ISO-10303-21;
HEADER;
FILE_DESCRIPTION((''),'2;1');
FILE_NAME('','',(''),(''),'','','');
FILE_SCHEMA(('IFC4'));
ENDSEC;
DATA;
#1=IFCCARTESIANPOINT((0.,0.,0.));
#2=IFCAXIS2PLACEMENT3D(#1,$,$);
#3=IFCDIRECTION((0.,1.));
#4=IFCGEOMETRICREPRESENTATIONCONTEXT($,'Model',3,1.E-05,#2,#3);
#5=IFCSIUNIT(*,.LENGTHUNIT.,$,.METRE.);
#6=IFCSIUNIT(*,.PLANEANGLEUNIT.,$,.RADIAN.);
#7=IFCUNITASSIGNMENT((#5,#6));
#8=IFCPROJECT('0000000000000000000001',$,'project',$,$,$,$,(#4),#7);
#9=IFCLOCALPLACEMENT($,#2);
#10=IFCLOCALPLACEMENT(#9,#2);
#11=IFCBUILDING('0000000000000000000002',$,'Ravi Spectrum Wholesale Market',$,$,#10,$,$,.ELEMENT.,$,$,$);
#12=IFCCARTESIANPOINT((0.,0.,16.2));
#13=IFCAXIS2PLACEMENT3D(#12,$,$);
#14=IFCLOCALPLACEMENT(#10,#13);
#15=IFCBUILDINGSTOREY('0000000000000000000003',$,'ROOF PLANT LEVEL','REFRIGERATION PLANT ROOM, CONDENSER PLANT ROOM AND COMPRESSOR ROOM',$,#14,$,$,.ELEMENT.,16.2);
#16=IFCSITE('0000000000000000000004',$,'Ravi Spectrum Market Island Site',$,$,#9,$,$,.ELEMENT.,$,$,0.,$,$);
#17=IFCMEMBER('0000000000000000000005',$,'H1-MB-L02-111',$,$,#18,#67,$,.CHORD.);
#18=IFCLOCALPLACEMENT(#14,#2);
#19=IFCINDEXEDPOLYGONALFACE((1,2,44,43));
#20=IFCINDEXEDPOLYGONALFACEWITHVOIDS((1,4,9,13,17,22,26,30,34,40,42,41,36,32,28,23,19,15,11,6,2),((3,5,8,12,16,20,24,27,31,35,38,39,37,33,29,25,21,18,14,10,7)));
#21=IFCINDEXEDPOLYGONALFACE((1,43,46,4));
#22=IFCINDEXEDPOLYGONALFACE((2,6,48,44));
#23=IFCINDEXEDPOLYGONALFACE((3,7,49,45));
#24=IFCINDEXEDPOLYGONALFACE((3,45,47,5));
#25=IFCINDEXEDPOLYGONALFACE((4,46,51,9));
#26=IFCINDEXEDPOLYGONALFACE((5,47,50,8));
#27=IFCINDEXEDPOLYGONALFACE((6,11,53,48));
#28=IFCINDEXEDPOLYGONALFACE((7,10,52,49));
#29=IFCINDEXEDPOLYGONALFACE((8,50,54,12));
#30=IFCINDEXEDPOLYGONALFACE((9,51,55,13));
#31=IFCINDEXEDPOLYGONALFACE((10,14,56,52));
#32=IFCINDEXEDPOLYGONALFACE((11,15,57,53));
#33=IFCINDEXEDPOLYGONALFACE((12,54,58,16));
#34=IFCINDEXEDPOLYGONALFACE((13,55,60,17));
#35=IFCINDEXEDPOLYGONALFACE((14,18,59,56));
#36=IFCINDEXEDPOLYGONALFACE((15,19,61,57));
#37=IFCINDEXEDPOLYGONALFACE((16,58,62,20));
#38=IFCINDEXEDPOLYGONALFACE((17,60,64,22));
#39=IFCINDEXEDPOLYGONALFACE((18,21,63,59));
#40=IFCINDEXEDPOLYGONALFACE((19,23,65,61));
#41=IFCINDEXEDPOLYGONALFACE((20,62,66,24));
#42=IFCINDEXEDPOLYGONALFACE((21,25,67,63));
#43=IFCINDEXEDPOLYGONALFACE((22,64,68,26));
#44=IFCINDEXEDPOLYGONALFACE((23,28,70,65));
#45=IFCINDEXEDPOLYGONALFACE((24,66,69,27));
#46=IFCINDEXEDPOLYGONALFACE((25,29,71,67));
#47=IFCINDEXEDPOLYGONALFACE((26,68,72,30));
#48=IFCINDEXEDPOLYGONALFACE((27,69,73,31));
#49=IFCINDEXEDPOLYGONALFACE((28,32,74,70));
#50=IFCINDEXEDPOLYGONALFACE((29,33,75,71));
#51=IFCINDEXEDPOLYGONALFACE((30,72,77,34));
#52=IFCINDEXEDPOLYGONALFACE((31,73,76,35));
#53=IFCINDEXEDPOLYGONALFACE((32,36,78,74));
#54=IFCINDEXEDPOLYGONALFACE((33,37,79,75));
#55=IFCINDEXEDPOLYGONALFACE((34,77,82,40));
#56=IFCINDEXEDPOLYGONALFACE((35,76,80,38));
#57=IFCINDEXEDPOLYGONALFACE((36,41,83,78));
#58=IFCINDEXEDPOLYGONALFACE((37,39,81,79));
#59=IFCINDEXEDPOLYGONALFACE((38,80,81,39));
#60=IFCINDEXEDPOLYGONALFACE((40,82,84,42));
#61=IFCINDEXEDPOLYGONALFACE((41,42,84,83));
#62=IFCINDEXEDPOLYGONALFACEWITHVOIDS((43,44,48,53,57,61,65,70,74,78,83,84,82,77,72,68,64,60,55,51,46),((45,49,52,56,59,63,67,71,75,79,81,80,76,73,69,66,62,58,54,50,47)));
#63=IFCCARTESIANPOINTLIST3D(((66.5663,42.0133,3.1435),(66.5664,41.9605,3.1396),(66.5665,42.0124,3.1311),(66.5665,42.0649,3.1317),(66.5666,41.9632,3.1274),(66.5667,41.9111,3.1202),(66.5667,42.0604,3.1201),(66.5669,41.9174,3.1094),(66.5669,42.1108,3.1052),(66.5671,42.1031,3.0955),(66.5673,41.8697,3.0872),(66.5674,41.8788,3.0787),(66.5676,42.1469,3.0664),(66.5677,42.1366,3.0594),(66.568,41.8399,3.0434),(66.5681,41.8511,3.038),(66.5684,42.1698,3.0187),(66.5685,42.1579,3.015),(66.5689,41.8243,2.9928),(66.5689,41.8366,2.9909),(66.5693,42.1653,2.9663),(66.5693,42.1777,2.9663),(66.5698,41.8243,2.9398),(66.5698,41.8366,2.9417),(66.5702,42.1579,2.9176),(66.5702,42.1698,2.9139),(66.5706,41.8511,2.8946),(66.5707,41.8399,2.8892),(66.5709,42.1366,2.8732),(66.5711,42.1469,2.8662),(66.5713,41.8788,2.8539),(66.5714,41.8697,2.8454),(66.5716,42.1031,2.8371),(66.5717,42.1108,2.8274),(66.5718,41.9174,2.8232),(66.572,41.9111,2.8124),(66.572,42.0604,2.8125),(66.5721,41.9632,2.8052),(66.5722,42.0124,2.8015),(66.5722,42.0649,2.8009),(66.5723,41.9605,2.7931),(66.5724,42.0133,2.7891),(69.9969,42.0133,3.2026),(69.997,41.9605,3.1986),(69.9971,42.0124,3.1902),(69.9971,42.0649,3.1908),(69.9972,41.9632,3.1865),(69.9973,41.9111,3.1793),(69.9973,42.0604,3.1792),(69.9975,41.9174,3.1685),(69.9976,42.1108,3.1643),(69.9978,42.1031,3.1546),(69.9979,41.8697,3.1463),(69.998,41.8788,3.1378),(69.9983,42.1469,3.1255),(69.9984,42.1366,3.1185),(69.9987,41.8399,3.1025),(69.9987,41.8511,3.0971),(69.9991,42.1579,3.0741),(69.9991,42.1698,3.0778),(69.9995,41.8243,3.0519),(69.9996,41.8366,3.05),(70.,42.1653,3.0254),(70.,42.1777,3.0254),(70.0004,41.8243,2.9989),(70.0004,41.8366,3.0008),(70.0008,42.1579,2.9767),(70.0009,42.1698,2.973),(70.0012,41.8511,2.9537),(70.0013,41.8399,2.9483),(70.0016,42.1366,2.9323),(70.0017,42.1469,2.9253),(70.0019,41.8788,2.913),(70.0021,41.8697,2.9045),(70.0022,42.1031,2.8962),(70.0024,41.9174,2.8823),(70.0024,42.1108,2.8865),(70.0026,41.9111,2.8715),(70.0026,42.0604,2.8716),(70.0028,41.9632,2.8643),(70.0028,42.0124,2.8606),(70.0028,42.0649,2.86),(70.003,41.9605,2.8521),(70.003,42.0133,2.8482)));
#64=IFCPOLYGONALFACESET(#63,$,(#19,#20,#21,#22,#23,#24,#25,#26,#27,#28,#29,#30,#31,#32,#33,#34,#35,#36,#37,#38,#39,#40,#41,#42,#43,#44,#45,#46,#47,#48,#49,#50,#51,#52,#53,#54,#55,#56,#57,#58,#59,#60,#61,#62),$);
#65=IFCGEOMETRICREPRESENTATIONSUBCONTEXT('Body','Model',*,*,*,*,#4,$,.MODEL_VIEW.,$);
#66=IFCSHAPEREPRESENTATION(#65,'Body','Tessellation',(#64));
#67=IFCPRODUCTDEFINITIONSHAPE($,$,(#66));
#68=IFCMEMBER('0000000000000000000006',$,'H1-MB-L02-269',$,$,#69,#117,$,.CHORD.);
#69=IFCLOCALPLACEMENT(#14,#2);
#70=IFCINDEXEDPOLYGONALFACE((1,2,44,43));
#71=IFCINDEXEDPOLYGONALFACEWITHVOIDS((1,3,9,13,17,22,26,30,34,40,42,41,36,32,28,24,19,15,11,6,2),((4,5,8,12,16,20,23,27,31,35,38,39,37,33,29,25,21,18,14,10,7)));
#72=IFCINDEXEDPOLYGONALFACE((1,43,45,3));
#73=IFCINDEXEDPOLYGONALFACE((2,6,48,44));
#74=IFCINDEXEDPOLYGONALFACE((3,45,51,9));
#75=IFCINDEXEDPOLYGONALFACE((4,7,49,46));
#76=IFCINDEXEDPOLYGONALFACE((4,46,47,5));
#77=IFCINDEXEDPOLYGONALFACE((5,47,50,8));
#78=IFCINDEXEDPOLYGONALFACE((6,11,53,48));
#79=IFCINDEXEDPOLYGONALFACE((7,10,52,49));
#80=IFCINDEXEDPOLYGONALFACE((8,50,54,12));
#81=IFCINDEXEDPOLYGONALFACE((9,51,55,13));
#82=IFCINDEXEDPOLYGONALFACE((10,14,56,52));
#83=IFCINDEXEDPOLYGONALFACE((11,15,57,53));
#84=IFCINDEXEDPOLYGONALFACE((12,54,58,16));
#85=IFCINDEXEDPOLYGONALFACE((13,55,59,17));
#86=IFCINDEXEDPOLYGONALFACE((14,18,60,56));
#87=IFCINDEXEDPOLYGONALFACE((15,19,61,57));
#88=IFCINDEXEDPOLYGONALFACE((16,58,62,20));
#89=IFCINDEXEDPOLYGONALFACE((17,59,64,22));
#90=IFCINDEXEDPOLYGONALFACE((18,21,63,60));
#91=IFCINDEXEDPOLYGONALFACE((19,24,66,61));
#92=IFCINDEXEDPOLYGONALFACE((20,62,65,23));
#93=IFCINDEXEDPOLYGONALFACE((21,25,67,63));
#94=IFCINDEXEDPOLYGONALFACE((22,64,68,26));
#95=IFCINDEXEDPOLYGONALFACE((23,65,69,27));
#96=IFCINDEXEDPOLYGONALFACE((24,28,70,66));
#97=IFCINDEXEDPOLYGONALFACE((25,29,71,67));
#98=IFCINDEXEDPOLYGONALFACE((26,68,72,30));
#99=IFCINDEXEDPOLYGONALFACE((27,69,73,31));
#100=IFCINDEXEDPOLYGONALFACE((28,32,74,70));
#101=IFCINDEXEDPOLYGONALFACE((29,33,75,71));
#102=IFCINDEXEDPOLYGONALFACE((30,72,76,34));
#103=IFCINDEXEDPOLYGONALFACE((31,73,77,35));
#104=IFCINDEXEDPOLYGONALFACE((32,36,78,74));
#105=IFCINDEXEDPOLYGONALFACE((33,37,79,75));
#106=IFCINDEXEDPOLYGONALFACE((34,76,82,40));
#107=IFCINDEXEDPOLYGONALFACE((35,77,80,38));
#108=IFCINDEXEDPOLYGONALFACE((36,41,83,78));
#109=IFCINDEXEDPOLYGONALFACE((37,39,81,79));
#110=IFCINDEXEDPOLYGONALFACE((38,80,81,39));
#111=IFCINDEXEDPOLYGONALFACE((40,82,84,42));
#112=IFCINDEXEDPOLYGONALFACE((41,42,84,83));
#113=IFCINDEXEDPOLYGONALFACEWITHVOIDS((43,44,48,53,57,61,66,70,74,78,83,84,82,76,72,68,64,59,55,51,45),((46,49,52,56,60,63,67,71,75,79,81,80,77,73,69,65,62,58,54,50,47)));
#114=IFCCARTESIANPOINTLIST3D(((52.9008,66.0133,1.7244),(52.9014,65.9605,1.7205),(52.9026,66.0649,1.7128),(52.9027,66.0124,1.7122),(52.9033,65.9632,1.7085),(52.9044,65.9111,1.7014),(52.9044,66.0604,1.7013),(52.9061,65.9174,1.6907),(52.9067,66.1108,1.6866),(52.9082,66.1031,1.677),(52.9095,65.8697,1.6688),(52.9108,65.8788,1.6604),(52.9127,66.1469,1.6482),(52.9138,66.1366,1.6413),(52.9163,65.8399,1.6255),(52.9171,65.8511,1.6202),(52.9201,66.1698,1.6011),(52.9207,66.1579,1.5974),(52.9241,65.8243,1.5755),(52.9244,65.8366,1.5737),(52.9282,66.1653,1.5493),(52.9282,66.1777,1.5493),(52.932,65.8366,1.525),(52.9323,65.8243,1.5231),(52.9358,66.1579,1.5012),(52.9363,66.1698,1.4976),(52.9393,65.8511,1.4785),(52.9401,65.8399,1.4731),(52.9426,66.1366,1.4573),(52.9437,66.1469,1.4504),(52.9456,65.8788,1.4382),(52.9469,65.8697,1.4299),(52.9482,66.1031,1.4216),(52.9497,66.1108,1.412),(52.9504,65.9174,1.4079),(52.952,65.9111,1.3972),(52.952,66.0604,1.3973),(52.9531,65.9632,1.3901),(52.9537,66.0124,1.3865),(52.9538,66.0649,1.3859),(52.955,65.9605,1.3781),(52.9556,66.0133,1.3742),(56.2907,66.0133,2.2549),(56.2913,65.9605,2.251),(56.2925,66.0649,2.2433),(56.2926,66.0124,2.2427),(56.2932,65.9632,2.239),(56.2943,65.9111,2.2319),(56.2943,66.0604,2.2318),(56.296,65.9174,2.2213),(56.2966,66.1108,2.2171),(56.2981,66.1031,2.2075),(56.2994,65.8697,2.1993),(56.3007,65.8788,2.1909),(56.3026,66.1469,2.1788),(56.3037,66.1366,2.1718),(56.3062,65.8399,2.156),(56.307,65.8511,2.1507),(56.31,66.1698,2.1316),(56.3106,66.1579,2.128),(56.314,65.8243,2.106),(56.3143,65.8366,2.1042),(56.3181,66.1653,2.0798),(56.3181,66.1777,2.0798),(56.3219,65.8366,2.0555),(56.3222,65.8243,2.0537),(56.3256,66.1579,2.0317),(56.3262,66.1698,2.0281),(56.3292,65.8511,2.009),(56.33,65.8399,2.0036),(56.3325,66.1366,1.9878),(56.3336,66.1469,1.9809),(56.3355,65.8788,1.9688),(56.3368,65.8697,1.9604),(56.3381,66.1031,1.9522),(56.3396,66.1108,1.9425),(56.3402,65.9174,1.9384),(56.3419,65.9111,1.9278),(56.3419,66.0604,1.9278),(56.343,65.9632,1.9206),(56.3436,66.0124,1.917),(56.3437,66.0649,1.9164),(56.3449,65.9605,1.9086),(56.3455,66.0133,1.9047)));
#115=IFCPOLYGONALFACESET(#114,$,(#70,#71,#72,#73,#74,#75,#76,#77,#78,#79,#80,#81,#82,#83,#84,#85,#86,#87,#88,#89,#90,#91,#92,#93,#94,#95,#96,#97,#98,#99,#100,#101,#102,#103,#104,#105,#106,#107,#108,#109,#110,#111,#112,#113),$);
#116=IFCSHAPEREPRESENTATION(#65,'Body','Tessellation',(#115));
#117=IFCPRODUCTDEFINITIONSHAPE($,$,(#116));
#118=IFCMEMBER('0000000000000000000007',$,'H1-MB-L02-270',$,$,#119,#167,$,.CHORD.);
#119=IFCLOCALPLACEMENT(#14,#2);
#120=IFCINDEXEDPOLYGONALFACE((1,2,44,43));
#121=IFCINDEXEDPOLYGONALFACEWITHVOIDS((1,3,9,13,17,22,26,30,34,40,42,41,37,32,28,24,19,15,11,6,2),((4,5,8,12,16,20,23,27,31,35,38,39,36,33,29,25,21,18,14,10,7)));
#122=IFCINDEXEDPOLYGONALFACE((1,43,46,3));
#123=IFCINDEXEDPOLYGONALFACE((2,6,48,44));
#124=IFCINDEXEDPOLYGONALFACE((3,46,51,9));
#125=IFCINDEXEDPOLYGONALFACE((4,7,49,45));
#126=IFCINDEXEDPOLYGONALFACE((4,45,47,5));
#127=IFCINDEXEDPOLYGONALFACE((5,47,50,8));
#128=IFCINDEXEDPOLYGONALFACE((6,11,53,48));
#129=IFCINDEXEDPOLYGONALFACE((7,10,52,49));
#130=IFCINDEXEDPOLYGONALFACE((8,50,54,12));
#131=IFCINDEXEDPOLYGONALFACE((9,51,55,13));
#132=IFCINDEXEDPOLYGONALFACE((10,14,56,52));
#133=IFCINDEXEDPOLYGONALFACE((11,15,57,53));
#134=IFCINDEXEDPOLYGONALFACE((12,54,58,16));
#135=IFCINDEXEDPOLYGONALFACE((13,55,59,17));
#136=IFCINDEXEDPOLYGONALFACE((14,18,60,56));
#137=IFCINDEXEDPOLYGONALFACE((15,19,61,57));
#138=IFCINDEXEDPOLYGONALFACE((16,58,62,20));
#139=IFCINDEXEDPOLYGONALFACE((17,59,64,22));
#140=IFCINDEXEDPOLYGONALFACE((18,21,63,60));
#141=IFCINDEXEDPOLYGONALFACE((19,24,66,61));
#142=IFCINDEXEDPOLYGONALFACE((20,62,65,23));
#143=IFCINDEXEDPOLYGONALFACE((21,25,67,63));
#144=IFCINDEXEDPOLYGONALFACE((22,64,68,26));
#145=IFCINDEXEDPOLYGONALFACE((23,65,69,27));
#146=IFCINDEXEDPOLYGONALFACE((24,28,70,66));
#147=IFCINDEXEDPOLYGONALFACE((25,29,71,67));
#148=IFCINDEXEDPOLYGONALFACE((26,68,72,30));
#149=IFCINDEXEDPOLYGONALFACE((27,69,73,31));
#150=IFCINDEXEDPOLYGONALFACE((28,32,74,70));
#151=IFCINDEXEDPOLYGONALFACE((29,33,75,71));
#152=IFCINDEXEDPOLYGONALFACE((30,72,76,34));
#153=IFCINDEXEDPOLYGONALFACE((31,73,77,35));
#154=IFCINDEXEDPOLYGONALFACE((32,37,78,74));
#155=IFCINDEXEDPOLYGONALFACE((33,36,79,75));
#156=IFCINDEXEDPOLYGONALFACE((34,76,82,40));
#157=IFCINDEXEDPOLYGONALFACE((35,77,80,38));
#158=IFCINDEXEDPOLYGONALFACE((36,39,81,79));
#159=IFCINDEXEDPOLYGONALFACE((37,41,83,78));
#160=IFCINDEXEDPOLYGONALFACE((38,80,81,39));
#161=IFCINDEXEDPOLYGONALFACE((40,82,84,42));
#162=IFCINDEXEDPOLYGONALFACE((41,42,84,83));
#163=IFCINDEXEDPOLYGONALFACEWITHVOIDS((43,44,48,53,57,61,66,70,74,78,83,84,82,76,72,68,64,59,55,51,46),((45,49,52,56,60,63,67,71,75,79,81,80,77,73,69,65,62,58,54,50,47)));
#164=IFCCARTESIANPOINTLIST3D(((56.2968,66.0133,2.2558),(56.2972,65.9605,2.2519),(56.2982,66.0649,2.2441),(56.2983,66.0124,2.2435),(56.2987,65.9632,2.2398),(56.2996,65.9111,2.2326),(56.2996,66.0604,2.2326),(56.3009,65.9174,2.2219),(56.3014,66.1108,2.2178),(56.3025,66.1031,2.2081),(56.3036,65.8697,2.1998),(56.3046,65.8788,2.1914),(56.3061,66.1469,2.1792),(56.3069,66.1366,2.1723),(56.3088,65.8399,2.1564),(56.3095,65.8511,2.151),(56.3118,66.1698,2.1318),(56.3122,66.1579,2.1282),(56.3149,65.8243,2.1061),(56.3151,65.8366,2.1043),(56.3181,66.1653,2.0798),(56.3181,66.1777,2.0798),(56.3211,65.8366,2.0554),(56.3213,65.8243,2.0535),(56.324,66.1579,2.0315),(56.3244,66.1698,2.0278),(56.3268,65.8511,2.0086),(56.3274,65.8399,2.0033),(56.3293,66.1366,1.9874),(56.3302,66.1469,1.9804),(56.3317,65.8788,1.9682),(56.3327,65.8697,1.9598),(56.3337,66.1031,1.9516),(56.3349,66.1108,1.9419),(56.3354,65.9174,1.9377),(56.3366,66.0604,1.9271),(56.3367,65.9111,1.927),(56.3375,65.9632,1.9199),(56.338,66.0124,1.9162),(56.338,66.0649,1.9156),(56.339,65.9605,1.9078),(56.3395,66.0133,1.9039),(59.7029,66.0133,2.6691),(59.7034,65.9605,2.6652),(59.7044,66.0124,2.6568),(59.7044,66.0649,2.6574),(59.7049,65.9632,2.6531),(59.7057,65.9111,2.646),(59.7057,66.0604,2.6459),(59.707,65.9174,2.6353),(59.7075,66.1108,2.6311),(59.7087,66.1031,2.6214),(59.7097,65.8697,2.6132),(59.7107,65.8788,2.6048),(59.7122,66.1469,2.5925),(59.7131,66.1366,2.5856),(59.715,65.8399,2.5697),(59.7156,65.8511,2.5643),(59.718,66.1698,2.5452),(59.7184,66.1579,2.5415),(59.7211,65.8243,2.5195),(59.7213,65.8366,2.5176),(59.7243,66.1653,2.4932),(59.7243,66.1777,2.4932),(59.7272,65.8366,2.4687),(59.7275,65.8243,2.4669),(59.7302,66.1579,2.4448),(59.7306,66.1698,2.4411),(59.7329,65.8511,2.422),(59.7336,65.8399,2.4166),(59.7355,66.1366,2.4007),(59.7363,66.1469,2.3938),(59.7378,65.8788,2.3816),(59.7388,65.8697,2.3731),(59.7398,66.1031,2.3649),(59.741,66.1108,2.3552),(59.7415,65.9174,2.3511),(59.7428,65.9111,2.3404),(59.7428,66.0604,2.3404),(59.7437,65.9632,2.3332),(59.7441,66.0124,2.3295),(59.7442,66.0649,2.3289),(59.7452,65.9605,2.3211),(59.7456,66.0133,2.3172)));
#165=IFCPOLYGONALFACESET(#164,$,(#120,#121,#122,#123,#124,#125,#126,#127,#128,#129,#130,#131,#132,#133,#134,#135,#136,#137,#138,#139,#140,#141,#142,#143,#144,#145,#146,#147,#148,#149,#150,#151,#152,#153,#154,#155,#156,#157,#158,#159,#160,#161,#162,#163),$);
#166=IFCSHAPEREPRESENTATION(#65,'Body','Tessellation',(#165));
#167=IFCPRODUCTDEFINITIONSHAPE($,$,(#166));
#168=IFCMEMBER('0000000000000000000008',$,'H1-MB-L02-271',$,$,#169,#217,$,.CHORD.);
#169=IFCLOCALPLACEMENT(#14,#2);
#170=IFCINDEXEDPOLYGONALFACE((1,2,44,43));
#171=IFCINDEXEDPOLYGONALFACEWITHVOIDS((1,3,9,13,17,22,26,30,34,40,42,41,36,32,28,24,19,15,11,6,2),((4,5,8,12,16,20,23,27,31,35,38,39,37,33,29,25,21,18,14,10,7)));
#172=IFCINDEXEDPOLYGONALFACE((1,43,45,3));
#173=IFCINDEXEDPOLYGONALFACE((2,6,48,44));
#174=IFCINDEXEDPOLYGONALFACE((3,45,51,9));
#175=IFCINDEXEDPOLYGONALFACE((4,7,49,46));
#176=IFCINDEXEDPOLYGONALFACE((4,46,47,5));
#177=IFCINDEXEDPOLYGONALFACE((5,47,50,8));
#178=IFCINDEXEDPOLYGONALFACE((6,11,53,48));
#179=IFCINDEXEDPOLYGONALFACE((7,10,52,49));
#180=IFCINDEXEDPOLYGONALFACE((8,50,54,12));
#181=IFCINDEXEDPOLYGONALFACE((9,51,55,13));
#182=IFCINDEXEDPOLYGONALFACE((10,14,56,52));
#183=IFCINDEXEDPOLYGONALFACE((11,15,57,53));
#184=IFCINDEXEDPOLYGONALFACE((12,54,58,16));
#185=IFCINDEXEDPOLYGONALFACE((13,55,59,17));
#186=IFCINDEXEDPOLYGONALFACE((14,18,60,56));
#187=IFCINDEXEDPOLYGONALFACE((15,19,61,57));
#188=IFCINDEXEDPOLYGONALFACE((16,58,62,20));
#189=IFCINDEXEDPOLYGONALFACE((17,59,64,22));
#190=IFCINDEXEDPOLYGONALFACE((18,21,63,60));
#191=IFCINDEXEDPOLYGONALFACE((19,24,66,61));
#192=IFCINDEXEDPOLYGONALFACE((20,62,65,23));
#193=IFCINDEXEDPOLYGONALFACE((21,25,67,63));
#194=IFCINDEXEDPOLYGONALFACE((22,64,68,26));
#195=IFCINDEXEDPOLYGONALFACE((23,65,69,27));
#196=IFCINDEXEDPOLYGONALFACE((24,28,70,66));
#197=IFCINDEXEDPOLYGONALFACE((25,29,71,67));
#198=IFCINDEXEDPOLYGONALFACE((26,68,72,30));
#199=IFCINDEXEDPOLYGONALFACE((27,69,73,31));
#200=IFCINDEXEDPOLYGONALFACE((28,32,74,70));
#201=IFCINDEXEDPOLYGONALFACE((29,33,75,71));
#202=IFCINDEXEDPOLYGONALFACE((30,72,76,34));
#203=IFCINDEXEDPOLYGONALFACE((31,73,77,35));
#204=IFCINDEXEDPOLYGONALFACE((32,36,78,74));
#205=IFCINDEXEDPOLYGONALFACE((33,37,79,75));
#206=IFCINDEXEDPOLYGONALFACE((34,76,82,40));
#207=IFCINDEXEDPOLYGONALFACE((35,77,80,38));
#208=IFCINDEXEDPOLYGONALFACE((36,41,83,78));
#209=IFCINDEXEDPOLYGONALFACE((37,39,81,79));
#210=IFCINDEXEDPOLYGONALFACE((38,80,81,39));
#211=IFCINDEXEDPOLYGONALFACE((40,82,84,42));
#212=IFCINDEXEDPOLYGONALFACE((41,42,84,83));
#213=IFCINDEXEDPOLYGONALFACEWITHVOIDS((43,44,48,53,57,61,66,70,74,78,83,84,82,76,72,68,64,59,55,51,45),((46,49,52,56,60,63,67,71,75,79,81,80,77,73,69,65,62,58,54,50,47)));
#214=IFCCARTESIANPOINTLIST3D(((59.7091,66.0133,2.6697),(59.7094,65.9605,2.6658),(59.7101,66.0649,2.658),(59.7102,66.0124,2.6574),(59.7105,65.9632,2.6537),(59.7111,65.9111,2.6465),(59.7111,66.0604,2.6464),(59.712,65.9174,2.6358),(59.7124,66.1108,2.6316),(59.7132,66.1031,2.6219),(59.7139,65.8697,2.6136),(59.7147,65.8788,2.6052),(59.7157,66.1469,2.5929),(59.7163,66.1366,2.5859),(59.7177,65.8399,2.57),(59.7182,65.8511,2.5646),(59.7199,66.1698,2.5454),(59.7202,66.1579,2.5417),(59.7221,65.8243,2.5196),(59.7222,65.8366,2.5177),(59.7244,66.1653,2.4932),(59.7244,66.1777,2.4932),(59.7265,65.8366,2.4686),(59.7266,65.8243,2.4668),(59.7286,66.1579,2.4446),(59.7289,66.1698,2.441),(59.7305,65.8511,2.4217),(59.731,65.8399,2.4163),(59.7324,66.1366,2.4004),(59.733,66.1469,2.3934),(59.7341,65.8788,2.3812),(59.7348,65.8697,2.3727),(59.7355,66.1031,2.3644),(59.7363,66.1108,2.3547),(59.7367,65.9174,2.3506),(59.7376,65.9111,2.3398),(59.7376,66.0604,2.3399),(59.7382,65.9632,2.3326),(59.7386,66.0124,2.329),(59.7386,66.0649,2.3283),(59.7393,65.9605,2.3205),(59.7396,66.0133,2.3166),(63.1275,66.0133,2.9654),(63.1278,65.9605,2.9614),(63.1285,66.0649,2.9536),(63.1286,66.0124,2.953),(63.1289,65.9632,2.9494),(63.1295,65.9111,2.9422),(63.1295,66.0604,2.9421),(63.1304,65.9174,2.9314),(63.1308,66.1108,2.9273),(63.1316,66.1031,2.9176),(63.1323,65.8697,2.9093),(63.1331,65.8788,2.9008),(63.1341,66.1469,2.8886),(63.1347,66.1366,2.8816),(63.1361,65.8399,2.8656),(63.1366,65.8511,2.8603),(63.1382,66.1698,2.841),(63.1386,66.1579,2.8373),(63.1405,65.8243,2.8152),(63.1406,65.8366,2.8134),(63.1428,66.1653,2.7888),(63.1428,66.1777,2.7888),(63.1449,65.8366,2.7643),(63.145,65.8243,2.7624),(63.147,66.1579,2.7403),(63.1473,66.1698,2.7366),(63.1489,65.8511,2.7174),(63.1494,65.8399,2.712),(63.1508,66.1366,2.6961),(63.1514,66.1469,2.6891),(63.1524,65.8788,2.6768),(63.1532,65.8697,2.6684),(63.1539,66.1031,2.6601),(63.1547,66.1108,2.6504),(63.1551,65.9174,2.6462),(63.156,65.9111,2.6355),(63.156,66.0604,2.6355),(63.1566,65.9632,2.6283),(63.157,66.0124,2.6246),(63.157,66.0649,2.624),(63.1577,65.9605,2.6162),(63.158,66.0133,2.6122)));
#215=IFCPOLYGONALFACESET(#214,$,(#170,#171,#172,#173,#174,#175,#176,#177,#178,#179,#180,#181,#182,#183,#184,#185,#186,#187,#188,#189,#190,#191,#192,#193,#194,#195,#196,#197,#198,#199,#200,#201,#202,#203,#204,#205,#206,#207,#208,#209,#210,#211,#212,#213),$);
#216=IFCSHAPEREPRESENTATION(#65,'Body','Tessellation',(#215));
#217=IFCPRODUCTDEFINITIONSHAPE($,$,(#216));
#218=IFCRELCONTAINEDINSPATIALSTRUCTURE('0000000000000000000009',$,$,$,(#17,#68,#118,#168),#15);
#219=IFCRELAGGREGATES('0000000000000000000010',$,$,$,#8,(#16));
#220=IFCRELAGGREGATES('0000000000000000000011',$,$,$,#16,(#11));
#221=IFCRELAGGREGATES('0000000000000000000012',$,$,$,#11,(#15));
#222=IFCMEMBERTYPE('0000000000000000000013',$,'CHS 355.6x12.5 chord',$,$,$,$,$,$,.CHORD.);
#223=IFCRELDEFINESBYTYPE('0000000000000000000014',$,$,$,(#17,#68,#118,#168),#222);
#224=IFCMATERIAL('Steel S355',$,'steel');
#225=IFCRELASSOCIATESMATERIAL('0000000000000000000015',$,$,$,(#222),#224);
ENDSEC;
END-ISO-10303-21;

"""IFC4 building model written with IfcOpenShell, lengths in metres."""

from ifc_helpers import new_model, si_unit, direction, frame, origin, origin_2d, place, context, subcontext, project, spatial, hollow_circle, extrude, material, material_profile, profile_set, type_object, element, save


model = new_model("IFC4")

# Units and contexts
model_context = context("Model", 3, precision=1e-05, world=origin(), true_north=direction((0.0, 1.0)))
body_context = subcontext(model_context, "Body", "Model", "MODEL_VIEW")
ifc_project = project(units=[si_unit("LENGTHUNIT", "METRE"), si_unit("PLANEANGLEUNIT", "RADIAN")], contexts=[model_context])

# Site, building, storey
site_placement = place(None, origin())
site = spatial("IfcSite", under=ifc_project, at=site_placement, Name="Ravi Spectrum Market Island Site", CompositionType="ELEMENT", RefElevation=0.0)
building_placement = place(site_placement, origin())
building = spatial("IfcBuilding", under=site, at=building_placement, Name="Ravi Spectrum Wholesale Market", CompositionType="ELEMENT")
storey_placement = place(building_placement, frame((0.0, 0.0, 16.2)))
storey = spatial("IfcBuildingStorey", under=building, at=storey_placement, Name="ROOF PLANT LEVEL", Description="REFRIGERATION PLANT ROOM, CONDENSER PLANT ROOM AND COMPRESSOR ROOM", CompositionType="ELEMENT", Elevation=16.2)

# Members
ifc_material_1 = material(Name="Steel S355", Category="steel")
ifc_material_profile_1 = material_profile(ifc_material_1, hollow_circle(Radius=0.1777, WallThickness=0.0125, at=origin_2d()))
ifc_profile_set_1 = profile_set([ifc_material_profile_1], Name="Steel S355")
member_type_1 = type_object("IfcMemberType", Name="CHS 355.6x12.5 chord", PredefinedType="CHORD", material=ifc_profile_set_1)
for number, where, z_axis, x_axis, name in (
    (1, (66.5693, 42.0, 2.9663), (0.999852, 0.0, 0.017219), (0.0, 1.0, 0.0), "H1-MB-L02-111"),
    (2, (52.9282, 66.0, 1.5493), (0.987974, 0.0, 0.154618), (0.0, 1.0, 0.0), "H1-MB-L02-269"),
    (3, (56.3181, 66.0, 2.0798), (0.992718, 0.0, 0.120461), (0.0, 1.0, 0.0), "H1-MB-L02-270"),
    (4, (59.7244, 66.0, 2.4932), (0.996281, 0.0, 0.086166), (0.0, 1.0, 0.0), "H1-MB-L02-271"),
):
    element("IfcMember", number, at=place(storey_placement, frame(where, z_axis=z_axis, x_axis=x_axis)), inside=storey, type_object=member_type_1, Name=name, PredefinedType="CHORD", context=body_context, shape_type="SweptSolid", body=[
        extrude(hollow_circle(Radius=0.1777, WallThickness=0.0125, at=origin_2d()), origin(), (0.0, 0.0, 1.0), 3.4312),
    ])

save(model, "model.ifc")
